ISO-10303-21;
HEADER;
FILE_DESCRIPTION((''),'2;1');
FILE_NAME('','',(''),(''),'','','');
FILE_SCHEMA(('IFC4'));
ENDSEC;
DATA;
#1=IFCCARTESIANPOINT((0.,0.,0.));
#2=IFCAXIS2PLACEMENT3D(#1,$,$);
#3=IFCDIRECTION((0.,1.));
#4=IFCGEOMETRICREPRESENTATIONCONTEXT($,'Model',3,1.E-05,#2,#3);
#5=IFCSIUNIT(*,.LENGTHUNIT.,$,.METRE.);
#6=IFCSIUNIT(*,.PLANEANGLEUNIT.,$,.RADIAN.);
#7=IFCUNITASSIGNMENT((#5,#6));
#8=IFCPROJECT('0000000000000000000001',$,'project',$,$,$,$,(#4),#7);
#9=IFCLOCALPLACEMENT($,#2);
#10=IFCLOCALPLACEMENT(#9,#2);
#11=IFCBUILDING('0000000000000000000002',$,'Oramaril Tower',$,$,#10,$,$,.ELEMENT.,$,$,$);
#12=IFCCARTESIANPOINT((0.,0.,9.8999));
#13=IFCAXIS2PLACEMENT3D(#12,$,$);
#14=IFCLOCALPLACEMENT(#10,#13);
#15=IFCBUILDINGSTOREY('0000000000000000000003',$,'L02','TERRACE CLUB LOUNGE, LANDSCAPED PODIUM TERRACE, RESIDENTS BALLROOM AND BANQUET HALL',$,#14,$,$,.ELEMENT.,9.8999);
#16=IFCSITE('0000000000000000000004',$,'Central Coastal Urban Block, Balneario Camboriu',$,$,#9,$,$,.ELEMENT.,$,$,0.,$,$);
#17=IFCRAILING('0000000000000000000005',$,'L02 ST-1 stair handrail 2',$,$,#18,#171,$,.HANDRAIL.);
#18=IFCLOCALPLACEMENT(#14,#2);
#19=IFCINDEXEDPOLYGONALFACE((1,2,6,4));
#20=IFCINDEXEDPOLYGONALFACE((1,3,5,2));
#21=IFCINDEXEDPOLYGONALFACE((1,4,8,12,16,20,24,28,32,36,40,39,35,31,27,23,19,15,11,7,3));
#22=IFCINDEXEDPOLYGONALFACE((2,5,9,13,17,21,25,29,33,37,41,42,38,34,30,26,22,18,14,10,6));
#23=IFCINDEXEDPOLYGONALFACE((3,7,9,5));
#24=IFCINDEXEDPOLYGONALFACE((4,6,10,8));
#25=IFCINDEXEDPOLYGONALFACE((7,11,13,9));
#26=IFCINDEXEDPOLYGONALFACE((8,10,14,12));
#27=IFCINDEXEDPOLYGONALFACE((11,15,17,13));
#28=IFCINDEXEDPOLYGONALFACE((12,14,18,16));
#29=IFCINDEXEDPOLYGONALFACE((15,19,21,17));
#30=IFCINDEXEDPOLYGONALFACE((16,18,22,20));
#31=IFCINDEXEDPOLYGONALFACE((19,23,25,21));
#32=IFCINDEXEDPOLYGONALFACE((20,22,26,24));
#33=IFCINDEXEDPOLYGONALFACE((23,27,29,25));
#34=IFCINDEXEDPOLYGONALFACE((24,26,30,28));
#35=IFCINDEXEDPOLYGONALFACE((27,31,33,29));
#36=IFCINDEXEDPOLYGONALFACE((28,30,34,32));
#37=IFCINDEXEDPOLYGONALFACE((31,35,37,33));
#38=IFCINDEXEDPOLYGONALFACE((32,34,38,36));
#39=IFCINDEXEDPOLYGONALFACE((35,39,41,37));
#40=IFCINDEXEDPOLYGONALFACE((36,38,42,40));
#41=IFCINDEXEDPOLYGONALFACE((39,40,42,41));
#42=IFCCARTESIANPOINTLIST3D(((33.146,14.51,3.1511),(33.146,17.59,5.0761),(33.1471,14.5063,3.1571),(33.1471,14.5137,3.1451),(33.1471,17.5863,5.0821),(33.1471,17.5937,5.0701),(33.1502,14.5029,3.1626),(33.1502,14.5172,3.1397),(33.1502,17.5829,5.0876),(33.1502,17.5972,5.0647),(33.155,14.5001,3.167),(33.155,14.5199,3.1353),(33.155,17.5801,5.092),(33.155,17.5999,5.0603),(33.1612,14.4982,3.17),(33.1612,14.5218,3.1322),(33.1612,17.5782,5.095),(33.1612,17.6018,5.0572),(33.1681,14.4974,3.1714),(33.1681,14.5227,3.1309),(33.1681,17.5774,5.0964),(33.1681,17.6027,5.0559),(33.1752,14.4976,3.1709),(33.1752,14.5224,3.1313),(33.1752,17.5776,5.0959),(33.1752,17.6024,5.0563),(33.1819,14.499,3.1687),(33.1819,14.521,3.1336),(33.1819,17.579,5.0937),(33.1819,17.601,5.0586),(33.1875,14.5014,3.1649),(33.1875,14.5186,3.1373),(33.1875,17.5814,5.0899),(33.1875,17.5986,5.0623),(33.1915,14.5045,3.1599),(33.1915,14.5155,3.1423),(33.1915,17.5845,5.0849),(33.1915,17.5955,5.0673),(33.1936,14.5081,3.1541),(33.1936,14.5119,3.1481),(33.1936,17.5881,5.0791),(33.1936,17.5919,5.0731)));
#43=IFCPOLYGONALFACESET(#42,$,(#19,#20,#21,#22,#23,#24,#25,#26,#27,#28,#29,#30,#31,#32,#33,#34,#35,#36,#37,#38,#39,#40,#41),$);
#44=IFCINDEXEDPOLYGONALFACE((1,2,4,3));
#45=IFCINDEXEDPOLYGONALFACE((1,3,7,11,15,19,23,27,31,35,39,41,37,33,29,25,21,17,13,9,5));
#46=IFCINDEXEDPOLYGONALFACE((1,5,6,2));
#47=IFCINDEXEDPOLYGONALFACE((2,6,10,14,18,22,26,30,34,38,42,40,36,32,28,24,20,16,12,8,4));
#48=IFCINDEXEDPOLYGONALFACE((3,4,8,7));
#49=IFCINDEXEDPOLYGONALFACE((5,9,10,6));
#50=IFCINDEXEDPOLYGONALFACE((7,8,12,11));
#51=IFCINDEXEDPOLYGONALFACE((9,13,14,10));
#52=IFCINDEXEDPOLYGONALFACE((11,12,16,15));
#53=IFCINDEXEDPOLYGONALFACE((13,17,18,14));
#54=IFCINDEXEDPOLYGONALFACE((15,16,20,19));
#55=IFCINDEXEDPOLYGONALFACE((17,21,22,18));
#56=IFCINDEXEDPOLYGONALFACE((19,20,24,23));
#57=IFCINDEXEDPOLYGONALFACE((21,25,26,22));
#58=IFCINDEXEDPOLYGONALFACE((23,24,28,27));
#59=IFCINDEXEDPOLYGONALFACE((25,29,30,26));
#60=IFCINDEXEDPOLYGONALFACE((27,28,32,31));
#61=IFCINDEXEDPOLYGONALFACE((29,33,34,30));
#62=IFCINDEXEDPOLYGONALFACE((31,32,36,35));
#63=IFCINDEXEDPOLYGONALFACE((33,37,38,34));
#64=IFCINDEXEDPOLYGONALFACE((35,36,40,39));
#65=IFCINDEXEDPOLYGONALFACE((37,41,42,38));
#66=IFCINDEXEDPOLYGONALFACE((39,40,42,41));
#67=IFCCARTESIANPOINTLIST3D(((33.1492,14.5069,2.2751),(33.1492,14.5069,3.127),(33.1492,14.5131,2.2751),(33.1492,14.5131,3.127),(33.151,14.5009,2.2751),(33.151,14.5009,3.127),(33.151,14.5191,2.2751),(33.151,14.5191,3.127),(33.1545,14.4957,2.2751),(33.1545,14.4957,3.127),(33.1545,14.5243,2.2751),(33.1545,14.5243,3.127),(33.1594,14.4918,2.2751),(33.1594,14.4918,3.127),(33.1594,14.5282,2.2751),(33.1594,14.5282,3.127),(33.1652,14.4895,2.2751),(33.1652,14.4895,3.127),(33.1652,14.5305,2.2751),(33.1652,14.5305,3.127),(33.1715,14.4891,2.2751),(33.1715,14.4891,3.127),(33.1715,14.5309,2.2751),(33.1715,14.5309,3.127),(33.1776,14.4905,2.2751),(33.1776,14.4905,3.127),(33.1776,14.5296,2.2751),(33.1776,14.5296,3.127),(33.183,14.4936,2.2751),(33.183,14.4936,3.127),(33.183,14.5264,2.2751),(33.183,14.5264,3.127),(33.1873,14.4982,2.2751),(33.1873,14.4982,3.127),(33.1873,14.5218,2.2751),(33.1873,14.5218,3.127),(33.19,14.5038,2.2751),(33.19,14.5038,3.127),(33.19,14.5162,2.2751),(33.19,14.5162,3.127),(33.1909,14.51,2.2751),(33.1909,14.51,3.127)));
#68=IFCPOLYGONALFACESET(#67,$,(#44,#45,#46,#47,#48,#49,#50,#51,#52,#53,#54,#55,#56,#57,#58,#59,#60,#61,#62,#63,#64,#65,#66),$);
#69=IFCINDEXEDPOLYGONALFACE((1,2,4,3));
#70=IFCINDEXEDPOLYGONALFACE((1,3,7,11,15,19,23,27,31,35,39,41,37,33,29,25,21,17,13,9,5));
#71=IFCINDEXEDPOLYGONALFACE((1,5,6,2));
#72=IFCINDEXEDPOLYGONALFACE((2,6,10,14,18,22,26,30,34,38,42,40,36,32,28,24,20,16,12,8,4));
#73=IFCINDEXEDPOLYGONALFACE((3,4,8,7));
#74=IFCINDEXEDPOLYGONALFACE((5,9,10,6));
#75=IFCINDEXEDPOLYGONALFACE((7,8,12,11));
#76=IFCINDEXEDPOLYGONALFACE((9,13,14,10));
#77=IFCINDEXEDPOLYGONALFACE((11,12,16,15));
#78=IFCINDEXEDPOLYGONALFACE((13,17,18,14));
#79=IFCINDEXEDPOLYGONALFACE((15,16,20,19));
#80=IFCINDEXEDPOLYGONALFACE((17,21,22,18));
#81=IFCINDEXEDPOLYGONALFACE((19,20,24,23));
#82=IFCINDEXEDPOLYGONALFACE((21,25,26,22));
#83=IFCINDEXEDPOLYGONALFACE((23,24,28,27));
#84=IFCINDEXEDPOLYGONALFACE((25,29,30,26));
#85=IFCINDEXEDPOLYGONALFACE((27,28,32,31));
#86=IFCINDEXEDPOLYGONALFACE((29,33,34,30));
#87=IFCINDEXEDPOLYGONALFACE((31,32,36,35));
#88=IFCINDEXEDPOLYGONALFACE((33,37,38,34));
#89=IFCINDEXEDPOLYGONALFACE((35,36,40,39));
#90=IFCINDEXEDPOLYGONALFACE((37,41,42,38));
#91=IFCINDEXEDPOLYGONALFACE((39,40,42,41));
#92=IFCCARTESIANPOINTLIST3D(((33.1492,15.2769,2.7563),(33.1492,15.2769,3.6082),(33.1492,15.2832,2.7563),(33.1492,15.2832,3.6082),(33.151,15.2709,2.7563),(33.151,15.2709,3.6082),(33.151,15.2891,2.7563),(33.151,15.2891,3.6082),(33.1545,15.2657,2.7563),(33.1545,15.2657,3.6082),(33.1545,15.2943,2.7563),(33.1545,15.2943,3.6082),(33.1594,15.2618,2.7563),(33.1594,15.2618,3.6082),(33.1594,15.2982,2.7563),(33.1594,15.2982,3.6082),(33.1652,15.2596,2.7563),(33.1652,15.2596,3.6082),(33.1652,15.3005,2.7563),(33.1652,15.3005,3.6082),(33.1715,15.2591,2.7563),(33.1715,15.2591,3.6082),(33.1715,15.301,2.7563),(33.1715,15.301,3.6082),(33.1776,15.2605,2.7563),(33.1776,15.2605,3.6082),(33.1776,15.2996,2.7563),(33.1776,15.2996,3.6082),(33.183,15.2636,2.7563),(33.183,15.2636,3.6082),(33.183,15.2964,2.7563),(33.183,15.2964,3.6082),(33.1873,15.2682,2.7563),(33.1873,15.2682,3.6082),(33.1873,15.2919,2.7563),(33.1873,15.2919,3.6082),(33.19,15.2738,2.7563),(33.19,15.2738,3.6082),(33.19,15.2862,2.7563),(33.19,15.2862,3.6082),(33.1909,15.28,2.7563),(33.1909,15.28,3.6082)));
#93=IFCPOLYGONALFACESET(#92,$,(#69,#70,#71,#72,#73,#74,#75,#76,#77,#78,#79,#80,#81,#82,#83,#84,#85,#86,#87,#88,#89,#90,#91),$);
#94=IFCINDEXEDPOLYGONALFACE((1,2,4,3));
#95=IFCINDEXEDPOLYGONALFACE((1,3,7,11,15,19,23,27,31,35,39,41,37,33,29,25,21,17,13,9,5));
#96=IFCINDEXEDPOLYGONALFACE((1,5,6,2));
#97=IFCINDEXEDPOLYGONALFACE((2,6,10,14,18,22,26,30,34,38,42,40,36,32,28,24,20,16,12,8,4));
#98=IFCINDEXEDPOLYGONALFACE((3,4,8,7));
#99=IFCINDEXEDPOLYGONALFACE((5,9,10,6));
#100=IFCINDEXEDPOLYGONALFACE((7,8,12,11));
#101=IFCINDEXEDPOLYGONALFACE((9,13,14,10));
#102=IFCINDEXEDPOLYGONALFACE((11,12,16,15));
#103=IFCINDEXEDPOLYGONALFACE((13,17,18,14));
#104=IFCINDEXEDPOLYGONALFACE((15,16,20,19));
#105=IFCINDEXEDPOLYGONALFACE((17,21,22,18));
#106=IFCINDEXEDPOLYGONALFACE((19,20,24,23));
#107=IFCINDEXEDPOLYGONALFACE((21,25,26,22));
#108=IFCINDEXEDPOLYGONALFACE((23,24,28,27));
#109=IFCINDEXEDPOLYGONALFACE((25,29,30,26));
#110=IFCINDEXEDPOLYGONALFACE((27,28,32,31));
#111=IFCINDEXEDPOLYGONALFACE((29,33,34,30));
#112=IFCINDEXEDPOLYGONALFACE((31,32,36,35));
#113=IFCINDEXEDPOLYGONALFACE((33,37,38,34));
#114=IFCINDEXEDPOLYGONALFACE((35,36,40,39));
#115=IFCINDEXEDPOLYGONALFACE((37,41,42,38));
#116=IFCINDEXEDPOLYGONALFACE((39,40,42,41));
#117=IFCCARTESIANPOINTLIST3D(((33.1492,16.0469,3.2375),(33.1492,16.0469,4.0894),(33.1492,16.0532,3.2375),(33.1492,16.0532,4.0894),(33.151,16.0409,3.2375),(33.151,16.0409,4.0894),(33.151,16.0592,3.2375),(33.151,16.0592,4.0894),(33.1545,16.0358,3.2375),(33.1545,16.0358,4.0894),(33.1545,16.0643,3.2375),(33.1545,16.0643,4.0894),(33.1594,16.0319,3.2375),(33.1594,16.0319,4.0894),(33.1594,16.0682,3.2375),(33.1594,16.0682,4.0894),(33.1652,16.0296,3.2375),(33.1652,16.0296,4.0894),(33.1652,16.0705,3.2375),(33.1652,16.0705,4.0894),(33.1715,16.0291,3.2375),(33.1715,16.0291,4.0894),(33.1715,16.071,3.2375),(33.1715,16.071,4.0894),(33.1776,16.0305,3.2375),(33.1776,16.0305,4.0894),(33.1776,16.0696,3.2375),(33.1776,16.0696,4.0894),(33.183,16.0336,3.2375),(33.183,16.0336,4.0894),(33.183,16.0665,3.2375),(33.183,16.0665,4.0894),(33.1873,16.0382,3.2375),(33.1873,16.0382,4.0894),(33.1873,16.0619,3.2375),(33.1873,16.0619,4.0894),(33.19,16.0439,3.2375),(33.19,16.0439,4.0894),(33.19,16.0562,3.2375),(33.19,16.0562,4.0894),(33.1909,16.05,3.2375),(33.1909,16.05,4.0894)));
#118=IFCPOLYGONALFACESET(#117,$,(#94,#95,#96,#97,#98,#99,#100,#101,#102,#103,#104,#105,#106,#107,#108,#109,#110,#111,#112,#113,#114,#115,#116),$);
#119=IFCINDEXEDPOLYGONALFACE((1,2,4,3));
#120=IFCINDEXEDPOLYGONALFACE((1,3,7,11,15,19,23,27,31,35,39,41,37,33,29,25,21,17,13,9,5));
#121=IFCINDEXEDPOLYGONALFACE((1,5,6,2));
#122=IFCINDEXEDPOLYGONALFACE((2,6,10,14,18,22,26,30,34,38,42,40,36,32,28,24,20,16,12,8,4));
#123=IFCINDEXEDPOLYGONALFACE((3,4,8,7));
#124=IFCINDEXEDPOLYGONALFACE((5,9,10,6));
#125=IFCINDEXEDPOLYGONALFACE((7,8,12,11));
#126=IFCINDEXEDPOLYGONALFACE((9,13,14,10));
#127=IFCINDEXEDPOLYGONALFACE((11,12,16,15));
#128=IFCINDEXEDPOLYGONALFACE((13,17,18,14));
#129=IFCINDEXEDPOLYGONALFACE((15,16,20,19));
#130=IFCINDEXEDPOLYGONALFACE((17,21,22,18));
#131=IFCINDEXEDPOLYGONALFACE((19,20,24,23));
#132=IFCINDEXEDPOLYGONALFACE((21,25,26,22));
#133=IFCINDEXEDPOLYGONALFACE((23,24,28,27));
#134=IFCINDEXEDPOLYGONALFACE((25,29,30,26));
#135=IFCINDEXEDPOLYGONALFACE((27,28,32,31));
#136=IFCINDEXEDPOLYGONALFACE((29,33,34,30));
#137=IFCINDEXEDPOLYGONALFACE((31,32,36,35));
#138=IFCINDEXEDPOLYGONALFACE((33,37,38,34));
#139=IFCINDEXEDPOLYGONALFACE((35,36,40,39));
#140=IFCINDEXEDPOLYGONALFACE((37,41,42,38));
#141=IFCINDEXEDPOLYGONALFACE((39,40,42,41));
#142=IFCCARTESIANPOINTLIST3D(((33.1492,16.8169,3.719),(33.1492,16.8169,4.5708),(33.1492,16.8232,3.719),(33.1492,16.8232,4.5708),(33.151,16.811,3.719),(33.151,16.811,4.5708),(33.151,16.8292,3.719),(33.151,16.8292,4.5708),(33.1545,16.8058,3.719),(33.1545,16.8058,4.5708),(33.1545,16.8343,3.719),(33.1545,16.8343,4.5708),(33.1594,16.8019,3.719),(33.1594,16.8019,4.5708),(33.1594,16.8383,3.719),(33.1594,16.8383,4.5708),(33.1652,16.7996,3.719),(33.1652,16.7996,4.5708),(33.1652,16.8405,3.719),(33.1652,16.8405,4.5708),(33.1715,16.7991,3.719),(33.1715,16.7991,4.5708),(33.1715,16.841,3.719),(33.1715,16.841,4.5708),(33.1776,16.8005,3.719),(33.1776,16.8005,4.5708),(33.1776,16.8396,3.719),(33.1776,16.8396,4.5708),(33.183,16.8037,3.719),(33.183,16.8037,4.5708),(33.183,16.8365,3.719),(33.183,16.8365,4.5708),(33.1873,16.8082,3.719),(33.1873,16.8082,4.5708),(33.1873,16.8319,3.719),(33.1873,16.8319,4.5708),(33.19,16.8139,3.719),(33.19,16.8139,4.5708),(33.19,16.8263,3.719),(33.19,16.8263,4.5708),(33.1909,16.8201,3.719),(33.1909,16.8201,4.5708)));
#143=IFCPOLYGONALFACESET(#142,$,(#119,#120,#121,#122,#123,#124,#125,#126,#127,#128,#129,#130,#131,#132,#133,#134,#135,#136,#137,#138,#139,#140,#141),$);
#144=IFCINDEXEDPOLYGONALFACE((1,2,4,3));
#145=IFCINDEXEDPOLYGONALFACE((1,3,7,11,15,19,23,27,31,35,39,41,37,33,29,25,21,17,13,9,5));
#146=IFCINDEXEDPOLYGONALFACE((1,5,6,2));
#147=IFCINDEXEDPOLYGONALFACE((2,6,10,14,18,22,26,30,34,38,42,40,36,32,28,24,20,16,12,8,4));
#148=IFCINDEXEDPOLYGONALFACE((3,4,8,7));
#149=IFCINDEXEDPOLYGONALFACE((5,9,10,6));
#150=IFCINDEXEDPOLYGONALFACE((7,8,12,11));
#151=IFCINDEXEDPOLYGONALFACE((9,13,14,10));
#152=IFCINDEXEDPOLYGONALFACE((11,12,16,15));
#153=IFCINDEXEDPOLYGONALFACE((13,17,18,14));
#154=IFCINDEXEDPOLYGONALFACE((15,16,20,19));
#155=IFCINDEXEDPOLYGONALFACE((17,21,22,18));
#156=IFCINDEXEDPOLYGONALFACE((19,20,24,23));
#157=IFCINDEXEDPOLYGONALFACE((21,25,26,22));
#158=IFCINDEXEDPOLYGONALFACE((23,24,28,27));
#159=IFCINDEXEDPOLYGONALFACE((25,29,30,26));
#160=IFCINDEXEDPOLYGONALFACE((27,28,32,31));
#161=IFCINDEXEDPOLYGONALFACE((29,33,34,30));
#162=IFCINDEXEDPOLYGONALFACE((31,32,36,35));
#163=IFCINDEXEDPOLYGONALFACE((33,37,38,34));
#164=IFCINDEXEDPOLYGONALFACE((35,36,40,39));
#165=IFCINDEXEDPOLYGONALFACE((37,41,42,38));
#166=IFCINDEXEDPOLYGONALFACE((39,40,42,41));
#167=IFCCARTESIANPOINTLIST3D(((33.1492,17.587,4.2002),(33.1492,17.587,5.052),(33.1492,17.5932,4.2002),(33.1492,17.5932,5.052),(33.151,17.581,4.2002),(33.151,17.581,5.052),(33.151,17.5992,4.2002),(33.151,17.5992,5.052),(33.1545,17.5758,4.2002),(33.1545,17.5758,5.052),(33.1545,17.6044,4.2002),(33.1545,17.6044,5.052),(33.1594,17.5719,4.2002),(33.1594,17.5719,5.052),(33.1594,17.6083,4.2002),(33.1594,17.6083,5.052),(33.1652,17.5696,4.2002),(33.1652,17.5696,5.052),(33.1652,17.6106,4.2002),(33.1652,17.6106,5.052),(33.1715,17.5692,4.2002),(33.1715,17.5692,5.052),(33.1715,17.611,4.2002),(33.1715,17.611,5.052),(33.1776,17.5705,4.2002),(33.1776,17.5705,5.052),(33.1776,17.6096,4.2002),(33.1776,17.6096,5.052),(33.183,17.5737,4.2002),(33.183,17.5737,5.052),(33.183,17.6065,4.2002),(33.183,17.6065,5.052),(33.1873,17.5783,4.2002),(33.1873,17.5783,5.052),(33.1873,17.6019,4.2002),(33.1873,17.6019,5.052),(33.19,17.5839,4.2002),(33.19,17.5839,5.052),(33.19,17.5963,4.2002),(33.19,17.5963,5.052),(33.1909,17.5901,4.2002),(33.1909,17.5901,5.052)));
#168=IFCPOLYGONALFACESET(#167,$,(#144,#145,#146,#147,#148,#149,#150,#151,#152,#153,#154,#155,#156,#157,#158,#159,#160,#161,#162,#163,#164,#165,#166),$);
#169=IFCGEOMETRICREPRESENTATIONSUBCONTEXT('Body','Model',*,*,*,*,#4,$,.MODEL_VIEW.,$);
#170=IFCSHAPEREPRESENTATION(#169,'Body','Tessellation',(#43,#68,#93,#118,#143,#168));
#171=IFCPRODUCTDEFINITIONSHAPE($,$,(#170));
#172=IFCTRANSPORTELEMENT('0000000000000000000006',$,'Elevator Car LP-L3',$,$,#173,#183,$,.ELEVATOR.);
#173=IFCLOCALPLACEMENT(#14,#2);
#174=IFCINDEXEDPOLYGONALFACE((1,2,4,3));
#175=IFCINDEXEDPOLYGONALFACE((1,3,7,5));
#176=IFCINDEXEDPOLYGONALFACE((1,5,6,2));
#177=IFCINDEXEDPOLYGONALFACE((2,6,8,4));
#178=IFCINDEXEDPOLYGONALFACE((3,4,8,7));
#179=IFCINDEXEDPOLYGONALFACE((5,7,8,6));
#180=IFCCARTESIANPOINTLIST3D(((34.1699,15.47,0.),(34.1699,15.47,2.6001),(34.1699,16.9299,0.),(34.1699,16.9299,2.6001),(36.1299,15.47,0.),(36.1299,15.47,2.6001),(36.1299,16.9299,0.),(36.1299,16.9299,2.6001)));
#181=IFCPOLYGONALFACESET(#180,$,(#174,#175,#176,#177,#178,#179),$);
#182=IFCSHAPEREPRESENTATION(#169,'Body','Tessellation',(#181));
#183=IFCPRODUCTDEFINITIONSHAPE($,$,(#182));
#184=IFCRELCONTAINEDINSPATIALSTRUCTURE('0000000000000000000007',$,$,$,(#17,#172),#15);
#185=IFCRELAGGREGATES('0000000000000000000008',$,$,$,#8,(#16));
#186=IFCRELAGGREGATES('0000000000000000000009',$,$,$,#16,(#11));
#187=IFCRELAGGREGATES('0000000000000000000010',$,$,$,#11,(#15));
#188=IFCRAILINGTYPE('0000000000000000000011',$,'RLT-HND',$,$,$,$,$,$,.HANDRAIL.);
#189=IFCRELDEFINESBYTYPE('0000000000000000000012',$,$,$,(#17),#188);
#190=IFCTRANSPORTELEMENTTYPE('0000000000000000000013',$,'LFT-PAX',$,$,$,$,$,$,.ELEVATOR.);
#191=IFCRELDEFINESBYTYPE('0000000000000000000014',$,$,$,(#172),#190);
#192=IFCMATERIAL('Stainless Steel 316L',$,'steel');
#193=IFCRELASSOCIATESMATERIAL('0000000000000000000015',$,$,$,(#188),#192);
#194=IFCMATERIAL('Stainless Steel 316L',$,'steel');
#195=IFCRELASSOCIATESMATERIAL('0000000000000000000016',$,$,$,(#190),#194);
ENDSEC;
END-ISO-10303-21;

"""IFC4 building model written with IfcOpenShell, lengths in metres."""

from ifc_helpers import new_model, si_unit, direction, frame, origin, origin_2d, place, context, subcontext, project, spatial, rectangle, circle, extrude, material, type_object, element, save


model = new_model("IFC4")

# Units and contexts
model_context = context("Model", 3, precision=1e-05, world=origin(), true_north=direction((0.0, 1.0)))
body_context = subcontext(model_context, "Body", "Model", "MODEL_VIEW")
ifc_project = project(units=[si_unit("LENGTHUNIT", "METRE"), si_unit("PLANEANGLEUNIT", "RADIAN")], contexts=[model_context])

# Site, building, storey
site_placement = place(None, origin())
site = spatial("IfcSite", under=ifc_project, at=site_placement, Name="Central Coastal Urban Block, Balneario Camboriu", CompositionType="ELEMENT", RefElevation=0.0)
building_placement = place(site_placement, origin())
building = spatial("IfcBuilding", under=site, at=building_placement, Name="Oramaril Tower", CompositionType="ELEMENT")
storey_placement = place(building_placement, frame((0.0, 0.0, 9.8999)))
storey = spatial("IfcBuildingStorey", under=building, at=storey_placement, Name="L02", Description="TERRACE CLUB LOUNGE, LANDSCAPED PODIUM TERRACE, RESIDENTS BALLROOM AND BANQUET HALL", CompositionType="ELEMENT", Elevation=9.8999)

# Railing
ifc_material_1 = material(Name="Stainless Steel 316L", Category="steel")
railing_type_1 = type_object("IfcRailingType", Name="RLT-HND", PredefinedType="HANDRAIL", material=ifc_material_1)
railing_1_placement = place(storey_placement, frame((33.1699, 14.51, 2.2751)))
element("IfcRailing", 1, at=railing_1_placement, inside=storey, type_object=railing_type_1, Name="L02 ST-1 stair handrail 2", PredefinedType="HANDRAIL", context=body_context, shape_type="SweptSolid", body=[
    extrude(circle(Radius=0.0239, at=origin_2d()), frame((0.0, 0.0, 0.876), z_axis=(0.0, 0.847998, 0.529999), x_axis=(-1.0, 0.0, 0.0)), (0.0, 0.0, 1.0), 3.6321),
    extrude(circle(Radius=0.021, at=origin_2d()), origin(), (0.0, 0.0, 1.0), 0.8518),
    extrude(circle(Radius=0.021, at=origin_2d()), frame((0.0, 0.77, 0.4812)), (0.0, 0.0, 1.0), 0.8518),
    extrude(circle(Radius=0.021, at=origin_2d()), frame((0.0, 1.54, 0.9624)), (0.0, 0.0, 1.0), 0.8518),
    extrude(circle(Radius=0.021, at=origin_2d()), frame((0.0, 2.3101, 1.4438)), (0.0, 0.0, 1.0), 0.8518),
    extrude(circle(Radius=0.021, at=origin_2d()), frame((0.0, 3.0801, 1.925)), (0.0, 0.0, 1.0), 0.8518),
])

# Transport element
ifc_material_2 = material(Name="Stainless Steel 316L", Category="steel")
transport_element_type = type_object("IfcTransportElementType", Name="LFT-PAX", PredefinedType="ELEVATOR", material=ifc_material_2)
transport_element_placement = place(storey_placement, frame((35.1499, 16.2, 0.0), z_axis=(0.0, 0.0, 1.0), x_axis=(1.0, 0.0, 0.0)))
element("IfcTransportElement", 2, at=transport_element_placement, inside=storey, type_object=transport_element_type, Name="Elevator Car LP-L3", PredefinedType="ELEVATOR", context=body_context, shape_type="SweptSolid", body=[
    extrude(rectangle(XDim=1.96, YDim=1.46, at=origin_2d()), origin(), (0.0, 0.0, 1.0), 2.6001),
])

save(model, "model.ifc")
